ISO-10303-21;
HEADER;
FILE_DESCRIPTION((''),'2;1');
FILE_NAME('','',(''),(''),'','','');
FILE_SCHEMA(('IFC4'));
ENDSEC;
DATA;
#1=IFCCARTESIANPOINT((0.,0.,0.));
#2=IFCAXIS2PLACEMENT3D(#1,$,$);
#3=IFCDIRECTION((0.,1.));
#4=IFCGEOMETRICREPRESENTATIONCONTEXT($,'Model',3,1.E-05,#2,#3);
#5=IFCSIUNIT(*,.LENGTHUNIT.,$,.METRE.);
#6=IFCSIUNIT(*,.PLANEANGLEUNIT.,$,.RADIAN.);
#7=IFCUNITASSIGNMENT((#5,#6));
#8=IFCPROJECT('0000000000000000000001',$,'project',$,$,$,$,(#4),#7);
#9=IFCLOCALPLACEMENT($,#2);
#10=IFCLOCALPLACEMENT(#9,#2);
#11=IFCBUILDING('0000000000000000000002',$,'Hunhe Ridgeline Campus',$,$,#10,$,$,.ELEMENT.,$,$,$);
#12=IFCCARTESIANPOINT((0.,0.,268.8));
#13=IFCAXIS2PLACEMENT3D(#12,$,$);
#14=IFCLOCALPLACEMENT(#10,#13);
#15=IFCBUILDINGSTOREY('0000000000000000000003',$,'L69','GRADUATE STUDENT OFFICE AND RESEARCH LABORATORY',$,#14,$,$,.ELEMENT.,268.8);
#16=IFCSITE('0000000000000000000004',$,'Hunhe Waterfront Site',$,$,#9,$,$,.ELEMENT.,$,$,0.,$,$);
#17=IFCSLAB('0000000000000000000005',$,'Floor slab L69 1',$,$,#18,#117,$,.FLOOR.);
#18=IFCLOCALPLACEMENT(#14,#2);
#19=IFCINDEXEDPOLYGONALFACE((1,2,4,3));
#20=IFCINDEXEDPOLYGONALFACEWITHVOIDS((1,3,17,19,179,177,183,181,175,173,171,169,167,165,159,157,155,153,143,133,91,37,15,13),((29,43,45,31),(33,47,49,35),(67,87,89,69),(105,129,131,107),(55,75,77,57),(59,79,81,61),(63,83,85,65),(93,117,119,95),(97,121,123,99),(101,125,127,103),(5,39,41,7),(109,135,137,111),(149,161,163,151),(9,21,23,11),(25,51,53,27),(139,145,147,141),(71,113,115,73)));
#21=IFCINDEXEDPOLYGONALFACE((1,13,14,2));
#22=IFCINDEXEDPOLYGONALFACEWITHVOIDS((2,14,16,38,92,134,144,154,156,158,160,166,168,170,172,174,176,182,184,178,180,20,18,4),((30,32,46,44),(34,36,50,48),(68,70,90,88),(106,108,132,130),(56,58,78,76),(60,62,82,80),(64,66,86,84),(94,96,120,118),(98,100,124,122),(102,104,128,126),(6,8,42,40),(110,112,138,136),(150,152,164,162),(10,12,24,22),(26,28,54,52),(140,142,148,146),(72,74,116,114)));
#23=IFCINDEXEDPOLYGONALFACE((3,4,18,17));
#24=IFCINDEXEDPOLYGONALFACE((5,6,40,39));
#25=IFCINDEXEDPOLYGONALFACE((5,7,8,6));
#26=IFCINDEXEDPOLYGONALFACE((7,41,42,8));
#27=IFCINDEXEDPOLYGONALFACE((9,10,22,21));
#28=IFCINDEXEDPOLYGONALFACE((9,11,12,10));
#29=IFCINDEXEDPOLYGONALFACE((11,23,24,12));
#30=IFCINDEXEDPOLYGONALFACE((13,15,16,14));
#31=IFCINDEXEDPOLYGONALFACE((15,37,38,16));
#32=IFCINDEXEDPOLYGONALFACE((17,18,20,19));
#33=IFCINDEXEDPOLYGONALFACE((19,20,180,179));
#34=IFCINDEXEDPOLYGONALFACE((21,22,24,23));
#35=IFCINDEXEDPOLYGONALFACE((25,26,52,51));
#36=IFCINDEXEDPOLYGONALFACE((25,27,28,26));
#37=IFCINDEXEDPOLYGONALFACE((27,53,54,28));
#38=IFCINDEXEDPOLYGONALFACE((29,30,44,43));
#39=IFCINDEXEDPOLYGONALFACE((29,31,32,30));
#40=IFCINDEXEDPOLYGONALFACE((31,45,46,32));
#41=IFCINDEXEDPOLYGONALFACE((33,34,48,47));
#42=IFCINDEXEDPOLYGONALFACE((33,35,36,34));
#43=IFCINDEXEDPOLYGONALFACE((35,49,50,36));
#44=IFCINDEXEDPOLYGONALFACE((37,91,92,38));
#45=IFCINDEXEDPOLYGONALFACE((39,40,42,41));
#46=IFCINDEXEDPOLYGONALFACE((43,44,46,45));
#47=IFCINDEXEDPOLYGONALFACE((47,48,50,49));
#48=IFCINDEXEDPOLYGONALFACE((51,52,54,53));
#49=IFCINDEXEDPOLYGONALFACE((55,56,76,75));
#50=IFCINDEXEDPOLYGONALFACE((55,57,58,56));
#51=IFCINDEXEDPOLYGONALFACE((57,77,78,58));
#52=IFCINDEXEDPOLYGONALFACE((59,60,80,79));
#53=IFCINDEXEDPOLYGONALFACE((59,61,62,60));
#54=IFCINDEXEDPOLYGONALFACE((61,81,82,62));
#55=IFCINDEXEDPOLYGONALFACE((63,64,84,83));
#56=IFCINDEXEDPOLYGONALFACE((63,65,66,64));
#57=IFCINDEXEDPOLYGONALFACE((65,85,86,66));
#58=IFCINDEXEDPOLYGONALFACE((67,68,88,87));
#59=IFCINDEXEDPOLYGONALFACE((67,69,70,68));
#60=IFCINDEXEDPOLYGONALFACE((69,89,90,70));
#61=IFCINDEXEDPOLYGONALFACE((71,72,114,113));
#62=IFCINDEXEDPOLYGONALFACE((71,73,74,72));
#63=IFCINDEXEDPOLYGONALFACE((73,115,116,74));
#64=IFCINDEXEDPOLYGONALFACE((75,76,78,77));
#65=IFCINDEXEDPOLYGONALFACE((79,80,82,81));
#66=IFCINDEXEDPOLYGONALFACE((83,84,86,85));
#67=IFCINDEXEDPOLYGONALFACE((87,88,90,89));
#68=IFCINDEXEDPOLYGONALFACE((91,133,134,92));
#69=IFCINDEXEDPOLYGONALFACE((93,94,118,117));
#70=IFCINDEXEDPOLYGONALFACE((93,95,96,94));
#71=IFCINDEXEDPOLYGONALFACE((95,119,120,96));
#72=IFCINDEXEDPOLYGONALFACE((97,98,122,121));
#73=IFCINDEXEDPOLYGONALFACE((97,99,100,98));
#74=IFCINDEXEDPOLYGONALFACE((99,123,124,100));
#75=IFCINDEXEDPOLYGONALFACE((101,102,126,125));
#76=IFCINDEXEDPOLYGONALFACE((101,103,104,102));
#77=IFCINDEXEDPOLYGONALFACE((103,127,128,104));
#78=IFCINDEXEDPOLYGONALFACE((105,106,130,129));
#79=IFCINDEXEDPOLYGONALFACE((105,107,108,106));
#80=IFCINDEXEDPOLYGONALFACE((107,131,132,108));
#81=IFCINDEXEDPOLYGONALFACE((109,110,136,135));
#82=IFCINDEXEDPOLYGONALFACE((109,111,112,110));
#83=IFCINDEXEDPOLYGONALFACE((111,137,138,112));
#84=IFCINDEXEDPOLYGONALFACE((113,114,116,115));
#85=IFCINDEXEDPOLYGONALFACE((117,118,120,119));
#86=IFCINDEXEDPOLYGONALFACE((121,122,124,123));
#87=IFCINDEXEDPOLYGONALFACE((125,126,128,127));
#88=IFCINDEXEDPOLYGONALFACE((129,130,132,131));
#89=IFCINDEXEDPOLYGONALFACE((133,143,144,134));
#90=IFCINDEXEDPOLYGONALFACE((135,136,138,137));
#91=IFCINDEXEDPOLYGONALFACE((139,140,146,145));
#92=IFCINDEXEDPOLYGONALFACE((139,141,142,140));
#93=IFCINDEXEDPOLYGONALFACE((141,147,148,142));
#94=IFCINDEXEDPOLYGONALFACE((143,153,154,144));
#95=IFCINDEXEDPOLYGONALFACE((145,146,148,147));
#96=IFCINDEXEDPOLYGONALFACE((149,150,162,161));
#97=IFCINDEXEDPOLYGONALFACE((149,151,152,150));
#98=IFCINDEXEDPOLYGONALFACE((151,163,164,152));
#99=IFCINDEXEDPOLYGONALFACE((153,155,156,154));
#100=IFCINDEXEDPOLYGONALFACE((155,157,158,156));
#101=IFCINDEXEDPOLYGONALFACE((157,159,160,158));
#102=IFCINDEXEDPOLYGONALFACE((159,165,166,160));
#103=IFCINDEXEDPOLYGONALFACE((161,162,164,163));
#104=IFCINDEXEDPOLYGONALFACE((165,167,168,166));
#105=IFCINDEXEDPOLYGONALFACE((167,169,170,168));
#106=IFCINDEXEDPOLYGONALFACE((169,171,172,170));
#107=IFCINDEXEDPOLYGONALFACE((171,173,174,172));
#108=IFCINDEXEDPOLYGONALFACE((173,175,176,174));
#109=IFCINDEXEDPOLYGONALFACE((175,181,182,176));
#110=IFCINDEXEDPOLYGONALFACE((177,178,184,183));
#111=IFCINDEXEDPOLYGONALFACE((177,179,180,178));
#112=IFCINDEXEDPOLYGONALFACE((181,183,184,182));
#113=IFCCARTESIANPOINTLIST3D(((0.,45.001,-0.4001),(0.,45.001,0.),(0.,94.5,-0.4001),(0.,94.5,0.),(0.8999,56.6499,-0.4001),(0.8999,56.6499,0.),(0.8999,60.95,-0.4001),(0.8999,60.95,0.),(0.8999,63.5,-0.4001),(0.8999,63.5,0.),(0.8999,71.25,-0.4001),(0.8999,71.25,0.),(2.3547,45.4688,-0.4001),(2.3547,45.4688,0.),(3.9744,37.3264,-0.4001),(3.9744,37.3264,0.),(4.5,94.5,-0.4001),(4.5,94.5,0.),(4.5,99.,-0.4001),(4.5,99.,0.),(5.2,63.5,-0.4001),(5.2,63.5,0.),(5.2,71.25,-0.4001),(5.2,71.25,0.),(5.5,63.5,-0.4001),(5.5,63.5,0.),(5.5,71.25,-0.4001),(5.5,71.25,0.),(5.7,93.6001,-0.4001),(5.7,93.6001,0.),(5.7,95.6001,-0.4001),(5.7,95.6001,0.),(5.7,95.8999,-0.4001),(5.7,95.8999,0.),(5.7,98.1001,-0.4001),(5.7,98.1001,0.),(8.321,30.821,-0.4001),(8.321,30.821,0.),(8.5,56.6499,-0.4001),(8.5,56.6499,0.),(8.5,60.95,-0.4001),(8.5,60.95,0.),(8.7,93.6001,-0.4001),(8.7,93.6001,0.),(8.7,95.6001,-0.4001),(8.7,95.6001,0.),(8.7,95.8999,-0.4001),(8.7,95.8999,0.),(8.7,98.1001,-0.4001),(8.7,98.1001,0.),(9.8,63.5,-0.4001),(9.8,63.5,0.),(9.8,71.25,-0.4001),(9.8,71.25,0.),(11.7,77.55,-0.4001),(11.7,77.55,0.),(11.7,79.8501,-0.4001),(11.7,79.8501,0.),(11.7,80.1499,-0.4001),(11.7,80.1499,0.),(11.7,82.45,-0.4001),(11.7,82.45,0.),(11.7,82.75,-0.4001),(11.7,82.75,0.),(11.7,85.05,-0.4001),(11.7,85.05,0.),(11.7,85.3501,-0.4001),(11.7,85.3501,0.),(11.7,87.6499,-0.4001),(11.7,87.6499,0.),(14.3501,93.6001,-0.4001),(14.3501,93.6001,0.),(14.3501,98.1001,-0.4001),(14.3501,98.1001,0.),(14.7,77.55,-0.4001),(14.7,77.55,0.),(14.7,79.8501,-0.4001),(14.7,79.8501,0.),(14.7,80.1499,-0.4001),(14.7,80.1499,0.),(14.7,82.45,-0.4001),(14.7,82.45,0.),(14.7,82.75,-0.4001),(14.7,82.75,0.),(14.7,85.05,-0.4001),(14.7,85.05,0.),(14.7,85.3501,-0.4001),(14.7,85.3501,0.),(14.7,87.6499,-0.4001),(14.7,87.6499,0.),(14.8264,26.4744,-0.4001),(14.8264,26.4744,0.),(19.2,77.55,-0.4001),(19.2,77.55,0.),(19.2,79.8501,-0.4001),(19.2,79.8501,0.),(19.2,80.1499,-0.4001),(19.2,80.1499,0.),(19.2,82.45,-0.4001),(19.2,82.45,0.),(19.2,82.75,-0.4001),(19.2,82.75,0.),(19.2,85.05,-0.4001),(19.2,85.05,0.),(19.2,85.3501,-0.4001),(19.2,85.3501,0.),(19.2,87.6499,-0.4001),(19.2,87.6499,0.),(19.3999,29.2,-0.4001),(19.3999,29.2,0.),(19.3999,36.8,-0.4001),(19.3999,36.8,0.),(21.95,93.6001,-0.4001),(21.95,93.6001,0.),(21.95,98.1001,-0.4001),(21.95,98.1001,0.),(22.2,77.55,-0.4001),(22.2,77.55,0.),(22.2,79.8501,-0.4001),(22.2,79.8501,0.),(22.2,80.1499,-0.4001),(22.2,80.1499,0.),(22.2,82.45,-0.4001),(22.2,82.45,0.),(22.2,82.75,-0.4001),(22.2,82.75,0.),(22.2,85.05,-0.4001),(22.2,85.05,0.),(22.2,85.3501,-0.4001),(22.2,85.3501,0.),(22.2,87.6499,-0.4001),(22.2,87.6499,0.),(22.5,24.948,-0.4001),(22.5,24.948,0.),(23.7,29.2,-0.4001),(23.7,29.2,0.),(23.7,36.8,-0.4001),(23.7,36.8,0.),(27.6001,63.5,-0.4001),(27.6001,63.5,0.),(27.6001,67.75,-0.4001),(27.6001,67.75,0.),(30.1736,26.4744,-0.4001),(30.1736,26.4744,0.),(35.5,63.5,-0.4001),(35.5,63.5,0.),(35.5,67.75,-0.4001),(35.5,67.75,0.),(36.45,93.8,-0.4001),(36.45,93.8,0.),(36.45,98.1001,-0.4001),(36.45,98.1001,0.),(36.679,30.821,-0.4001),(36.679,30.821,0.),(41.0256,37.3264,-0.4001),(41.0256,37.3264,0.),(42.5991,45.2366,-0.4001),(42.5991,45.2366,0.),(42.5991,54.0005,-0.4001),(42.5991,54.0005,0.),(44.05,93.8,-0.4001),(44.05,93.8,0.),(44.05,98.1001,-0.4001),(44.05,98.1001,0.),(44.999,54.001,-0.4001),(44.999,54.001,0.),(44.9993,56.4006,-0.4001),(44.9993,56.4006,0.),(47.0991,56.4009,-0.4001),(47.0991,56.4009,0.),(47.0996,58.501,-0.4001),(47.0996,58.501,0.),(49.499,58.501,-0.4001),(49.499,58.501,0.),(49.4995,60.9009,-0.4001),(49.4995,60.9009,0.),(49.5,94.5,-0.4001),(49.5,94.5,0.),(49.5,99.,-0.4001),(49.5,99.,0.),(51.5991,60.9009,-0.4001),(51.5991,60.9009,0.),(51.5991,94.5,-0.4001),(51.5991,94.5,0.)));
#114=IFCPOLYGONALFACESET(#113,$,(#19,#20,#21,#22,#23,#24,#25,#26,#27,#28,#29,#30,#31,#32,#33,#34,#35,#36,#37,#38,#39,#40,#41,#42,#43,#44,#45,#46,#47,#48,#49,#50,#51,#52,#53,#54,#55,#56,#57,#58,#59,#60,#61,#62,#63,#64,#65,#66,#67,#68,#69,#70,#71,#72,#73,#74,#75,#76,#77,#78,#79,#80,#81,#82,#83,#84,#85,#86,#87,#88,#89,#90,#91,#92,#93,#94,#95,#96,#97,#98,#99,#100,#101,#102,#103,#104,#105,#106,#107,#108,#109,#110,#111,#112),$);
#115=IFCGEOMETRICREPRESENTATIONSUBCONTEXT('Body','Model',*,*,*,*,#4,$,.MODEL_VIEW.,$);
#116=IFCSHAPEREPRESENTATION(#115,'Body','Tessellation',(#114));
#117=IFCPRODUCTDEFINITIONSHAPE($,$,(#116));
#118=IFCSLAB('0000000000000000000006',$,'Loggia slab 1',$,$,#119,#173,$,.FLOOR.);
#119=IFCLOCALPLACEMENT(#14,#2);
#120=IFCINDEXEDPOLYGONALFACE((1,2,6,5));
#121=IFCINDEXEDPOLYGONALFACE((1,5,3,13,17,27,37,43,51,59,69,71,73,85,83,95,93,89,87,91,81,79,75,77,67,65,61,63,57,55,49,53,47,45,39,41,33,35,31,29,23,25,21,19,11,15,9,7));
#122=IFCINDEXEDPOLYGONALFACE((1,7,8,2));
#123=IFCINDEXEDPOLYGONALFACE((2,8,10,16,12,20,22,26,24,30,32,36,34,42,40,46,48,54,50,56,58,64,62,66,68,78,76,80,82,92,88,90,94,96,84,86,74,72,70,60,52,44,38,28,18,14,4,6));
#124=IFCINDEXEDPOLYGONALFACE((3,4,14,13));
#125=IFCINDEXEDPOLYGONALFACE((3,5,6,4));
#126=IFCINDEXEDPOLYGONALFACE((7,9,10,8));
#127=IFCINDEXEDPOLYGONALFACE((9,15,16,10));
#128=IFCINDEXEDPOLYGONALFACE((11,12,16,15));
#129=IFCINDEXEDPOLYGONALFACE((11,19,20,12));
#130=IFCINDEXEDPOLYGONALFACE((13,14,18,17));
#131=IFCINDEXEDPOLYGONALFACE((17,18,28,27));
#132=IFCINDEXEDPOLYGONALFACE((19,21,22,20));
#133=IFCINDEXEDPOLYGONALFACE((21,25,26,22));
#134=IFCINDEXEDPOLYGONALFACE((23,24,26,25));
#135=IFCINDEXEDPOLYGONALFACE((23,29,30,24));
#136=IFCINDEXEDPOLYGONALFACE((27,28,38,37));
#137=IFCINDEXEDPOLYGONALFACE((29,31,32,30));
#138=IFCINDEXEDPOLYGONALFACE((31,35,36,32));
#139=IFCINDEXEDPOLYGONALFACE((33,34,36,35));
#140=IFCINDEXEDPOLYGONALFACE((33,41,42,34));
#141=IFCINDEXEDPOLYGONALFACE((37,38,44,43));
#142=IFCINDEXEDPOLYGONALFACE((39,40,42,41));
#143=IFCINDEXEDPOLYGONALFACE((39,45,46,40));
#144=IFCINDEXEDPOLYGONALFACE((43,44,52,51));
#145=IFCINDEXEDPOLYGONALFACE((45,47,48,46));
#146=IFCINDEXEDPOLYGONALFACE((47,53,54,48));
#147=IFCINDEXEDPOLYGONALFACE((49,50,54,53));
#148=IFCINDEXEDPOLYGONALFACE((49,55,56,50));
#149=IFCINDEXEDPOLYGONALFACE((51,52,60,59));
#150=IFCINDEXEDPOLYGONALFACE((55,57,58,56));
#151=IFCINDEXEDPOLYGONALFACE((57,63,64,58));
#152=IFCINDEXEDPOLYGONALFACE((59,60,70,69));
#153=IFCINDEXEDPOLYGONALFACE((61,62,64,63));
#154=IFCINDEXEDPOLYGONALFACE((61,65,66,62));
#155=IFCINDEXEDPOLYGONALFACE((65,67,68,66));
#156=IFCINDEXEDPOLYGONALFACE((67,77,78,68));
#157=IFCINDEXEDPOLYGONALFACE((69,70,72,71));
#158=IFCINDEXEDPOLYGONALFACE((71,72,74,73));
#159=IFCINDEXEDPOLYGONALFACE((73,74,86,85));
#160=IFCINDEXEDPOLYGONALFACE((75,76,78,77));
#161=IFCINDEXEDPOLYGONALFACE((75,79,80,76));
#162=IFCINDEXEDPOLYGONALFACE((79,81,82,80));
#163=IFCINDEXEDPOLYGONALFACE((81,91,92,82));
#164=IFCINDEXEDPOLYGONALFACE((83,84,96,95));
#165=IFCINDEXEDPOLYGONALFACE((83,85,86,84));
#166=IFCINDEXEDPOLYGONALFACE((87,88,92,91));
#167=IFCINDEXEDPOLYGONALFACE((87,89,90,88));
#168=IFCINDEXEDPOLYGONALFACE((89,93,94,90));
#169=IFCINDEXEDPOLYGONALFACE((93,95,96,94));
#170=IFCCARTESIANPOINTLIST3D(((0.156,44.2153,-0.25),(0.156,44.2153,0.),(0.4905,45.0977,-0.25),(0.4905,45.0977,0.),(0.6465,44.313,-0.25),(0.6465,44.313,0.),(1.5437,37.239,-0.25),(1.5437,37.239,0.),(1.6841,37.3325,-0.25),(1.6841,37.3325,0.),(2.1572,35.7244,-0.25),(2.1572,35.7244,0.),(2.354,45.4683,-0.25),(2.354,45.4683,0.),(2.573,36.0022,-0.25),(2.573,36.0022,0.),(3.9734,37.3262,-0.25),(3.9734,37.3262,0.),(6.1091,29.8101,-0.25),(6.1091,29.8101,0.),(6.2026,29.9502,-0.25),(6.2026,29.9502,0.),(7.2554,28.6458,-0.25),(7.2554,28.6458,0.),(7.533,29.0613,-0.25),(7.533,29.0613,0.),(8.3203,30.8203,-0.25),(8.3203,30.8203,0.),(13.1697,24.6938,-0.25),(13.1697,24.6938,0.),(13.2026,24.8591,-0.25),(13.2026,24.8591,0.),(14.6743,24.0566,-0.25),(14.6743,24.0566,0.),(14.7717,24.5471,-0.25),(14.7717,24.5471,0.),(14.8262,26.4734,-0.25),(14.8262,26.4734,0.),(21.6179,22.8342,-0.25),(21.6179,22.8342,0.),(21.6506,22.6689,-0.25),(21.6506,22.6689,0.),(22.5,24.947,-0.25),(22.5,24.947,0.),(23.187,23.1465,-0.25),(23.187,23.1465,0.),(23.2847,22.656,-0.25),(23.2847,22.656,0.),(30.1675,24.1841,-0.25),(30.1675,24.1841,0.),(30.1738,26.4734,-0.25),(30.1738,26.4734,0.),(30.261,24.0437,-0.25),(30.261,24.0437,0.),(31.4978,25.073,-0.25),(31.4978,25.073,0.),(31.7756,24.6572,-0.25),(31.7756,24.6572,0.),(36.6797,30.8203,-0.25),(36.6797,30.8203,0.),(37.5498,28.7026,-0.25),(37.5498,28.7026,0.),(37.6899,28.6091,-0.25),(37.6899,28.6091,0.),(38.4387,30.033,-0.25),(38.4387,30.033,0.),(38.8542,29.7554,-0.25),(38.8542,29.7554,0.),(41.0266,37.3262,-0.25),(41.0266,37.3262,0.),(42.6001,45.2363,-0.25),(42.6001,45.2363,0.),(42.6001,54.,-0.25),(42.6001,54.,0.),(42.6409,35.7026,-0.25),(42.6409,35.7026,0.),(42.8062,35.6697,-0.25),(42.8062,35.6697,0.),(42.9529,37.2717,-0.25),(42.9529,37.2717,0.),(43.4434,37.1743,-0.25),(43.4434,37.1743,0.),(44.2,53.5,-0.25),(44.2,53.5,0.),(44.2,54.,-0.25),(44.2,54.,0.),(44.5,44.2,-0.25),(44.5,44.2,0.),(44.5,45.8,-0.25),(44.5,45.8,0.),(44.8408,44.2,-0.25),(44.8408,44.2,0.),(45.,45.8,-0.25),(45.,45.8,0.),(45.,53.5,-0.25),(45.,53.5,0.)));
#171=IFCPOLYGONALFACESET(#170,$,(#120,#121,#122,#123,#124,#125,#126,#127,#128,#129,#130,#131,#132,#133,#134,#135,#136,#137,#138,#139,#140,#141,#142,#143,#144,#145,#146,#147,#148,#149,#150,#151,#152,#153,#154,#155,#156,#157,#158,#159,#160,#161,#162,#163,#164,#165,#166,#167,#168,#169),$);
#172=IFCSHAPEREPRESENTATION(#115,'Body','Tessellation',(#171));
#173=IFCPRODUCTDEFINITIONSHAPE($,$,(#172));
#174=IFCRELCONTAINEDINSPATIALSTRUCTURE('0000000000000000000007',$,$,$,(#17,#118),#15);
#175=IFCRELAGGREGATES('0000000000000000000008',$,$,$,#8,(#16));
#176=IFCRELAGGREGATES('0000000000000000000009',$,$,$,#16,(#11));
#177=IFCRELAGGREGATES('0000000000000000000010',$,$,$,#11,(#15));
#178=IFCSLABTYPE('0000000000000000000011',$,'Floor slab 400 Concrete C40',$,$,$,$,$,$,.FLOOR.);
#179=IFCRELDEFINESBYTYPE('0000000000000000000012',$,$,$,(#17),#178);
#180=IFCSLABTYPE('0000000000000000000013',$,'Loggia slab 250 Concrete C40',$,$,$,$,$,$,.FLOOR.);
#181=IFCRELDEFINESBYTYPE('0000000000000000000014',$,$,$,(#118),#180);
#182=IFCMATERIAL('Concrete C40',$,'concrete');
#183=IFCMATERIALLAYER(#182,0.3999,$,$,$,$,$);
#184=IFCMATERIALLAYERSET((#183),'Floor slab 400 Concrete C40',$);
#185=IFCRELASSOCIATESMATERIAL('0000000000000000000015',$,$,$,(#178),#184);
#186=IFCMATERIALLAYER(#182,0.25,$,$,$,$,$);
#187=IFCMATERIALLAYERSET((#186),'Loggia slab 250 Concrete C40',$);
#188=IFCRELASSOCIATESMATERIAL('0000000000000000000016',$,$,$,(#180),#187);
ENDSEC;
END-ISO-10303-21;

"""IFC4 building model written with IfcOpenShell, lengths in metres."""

from ifc_helpers import new_model, si_unit, direction, frame, origin, place, context, subcontext, project, spatial, polyline, outline, extrude, material, layer, layer_set, type_object, element, save


model = new_model("IFC4")

# Units and contexts
model_context = context("Model", 3, precision=1e-05, world=origin(), true_north=direction((0.0, 1.0)))
body_context = subcontext(model_context, "Body", "Model", "MODEL_VIEW")
ifc_project = project(units=[si_unit("LENGTHUNIT", "METRE"), si_unit("PLANEANGLEUNIT", "RADIAN")], contexts=[model_context])

# Site, building, storey
site_placement = place(None, origin())
site = spatial("IfcSite", under=ifc_project, at=site_placement, Name="Hunhe Waterfront Site", CompositionType="ELEMENT", RefElevation=0.0)
building_placement = place(site_placement, origin())
building = spatial("IfcBuilding", under=site, at=building_placement, Name="Hunhe Ridgeline Campus", CompositionType="ELEMENT")
storey_placement = place(building_placement, frame((0.0, 0.0, 268.8)))
storey = spatial("IfcBuildingStorey", under=building, at=storey_placement, Name="L69", Description="GRADUATE STUDENT OFFICE AND RESEARCH LABORATORY", CompositionType="ELEMENT", Elevation=268.8)

# Slabs
ifc_material_1 = material(Name="Concrete C40", Category="concrete")
ifc_layer_1 = layer(ifc_material_1, 0.3999)
ifc_layer_set_1 = layer_set([ifc_layer_1], Name="Floor slab 400 Concrete C40")
slab_type_1 = type_object("IfcSlabType", Name="Floor slab 400 Concrete C40", PredefinedType="FLOOR", material=ifc_layer_set_1)
slab_1_placement = place(storey_placement, frame((0.0, 0.0, -0.4001)))
element("IfcSlab", 1, at=slab_1_placement, inside=storey, type_object=slab_type_1, Name="Floor slab L69 1", PredefinedType="FLOOR", context=body_context, shape_type="SweptSolid", body=[
    extrude(outline(polyline([(36.679, 30.821), (41.0256, 37.3264), (42.5991, 45.2366), (42.5991, 54.0005), (44.999, 54.001), (44.9993, 56.4006), (47.0991, 56.4009), (47.0996, 58.501), (49.499, 58.501), (49.4995, 60.9009), (51.5991, 60.9009), (51.5991, 94.5), (49.5, 94.5), (49.5, 99.0), (4.5, 99.0), (4.5, 94.5), (0.0, 94.5), (0.0, 45.001), (2.3547, 45.4688), (3.9744, 37.3264), (8.321, 30.821), (14.8264, 26.4744), (22.5, 24.948), (30.1736, 26.4744), (36.679, 30.821)]), holes=[polyline([(36.45, 98.1001), (36.45, 93.8), (44.05, 93.8), (44.05, 98.1001), (36.45, 98.1001)]), polyline([(27.6001, 63.5), (35.5, 63.5), (35.5, 67.75), (27.6001, 67.75), (27.6001, 63.5)]), polyline([(19.3999, 36.8), (19.3999, 29.2), (23.7, 29.2), (23.7, 36.8), (19.3999, 36.8)]), polyline([(22.2, 87.6499), (19.2, 87.6499), (19.2, 85.3501), (22.2, 85.3501), (22.2, 87.6499)]), polyline([(22.2, 77.55), (22.2, 79.8501), (19.2, 79.8501), (19.2, 77.55), (22.2, 77.55)]), polyline([(19.2, 85.05), (19.2, 82.75), (22.2, 82.75), (22.2, 85.05), (19.2, 85.05)]), polyline([(19.2, 80.1499), (22.2, 80.1499), (22.2, 82.45), (19.2, 82.45), (19.2, 80.1499)]), polyline([(14.3501, 98.1001), (14.3501, 93.6001), (21.95, 93.6001), (21.95, 98.1001), (14.3501, 98.1001)]), polyline([(14.7, 87.6499), (11.7, 87.6499), (11.7, 85.3501), (14.7, 85.3501), (14.7, 87.6499)]), polyline([(14.7, 77.55), (14.7, 79.8501), (11.7, 79.8501), (11.7, 77.55), (14.7, 77.55)]), polyline([(11.7, 85.05), (11.7, 82.75), (14.7, 82.75), (14.7, 85.05), (11.7, 85.05)]), polyline([(11.7, 80.1499), (14.7, 80.1499), (14.7, 82.45), (11.7, 82.45), (11.7, 80.1499)]), polyline([(9.8, 63.5), (9.8, 71.25), (5.5, 71.25), (5.5, 63.5), (9.8, 63.5)]), polyline([(8.7, 93.6001), (8.7, 95.6001), (5.7, 95.6001), (5.7, 93.6001), (8.7, 93.6001)]), polyline([(5.7, 95.8999), (8.7, 95.8999), (8.7, 98.1001), (5.7, 98.1001), (5.7, 95.8999)]), polyline([(0.8999, 60.95), (0.8999, 56.6499), (8.5, 56.6499), (8.5, 60.95), (0.8999, 60.95)]), polyline([(5.2, 71.25), (0.8999, 71.25), (0.8999, 63.5), (5.2, 63.5), (5.2, 71.25)])]), origin(), (0.0, 0.0, 1.0), 0.4001),
])
ifc_layer_2 = layer(ifc_material_1, 0.25)
ifc_layer_set_2 = layer_set([ifc_layer_2], Name="Loggia slab 250 Concrete C40")
slab_type_2 = type_object("IfcSlabType", Name="Loggia slab 250 Concrete C40", PredefinedType="FLOOR", material=ifc_layer_set_2)
slab_2_placement = place(storey_placement, frame((0.0, 0.0, -0.25)))
element("IfcSlab", 2, at=slab_2_placement, inside=storey, type_object=slab_type_2, Name="Loggia slab 1", PredefinedType="FLOOR", context=body_context, shape_type="SweptSolid", body=[
    extrude(outline(polyline([(30.1738, 26.4734), (22.5, 24.947), (14.8262, 26.4734), (8.3203, 30.8203), (3.9734, 37.3262), (2.354, 45.4683), (0.4905, 45.0977), (0.6465, 44.313), (0.156, 44.2153), (1.5437, 37.239), (1.6841, 37.3325), (2.573, 36.0022), (2.1572, 35.7244), (6.1091, 29.8101), (6.2026, 29.9502), (7.533, 29.0613), (7.2554, 28.6458), (13.1697, 24.6938), (13.2026, 24.8591), (14.7717, 24.5471), (14.6743, 24.0566), (21.6506, 22.6689), (21.6179, 22.8342), (23.187, 23.1465), (23.2847, 22.656), (30.261, 24.0437), (30.1675, 24.1841), (31.4978, 25.073), (31.7756, 24.6572), (37.6899, 28.6091), (37.5498, 28.7026), (38.4387, 30.033), (38.8542, 29.7554), (42.8062, 35.6697), (42.6409, 35.7026), (42.9529, 37.2717), (43.4434, 37.1743), (44.8408, 44.2), (44.5, 44.2), (44.5, 45.8), (45.0, 45.8), (45.0, 53.5), (44.2, 53.5), (44.2, 54.0), (42.6001, 54.0), (42.6001, 45.2363), (41.0266, 37.3262), (36.6797, 30.8203), (30.1738, 26.4734)])), origin(), (0.0, 0.0, 1.0), 0.25),
])

save(model, "model.ifc")
